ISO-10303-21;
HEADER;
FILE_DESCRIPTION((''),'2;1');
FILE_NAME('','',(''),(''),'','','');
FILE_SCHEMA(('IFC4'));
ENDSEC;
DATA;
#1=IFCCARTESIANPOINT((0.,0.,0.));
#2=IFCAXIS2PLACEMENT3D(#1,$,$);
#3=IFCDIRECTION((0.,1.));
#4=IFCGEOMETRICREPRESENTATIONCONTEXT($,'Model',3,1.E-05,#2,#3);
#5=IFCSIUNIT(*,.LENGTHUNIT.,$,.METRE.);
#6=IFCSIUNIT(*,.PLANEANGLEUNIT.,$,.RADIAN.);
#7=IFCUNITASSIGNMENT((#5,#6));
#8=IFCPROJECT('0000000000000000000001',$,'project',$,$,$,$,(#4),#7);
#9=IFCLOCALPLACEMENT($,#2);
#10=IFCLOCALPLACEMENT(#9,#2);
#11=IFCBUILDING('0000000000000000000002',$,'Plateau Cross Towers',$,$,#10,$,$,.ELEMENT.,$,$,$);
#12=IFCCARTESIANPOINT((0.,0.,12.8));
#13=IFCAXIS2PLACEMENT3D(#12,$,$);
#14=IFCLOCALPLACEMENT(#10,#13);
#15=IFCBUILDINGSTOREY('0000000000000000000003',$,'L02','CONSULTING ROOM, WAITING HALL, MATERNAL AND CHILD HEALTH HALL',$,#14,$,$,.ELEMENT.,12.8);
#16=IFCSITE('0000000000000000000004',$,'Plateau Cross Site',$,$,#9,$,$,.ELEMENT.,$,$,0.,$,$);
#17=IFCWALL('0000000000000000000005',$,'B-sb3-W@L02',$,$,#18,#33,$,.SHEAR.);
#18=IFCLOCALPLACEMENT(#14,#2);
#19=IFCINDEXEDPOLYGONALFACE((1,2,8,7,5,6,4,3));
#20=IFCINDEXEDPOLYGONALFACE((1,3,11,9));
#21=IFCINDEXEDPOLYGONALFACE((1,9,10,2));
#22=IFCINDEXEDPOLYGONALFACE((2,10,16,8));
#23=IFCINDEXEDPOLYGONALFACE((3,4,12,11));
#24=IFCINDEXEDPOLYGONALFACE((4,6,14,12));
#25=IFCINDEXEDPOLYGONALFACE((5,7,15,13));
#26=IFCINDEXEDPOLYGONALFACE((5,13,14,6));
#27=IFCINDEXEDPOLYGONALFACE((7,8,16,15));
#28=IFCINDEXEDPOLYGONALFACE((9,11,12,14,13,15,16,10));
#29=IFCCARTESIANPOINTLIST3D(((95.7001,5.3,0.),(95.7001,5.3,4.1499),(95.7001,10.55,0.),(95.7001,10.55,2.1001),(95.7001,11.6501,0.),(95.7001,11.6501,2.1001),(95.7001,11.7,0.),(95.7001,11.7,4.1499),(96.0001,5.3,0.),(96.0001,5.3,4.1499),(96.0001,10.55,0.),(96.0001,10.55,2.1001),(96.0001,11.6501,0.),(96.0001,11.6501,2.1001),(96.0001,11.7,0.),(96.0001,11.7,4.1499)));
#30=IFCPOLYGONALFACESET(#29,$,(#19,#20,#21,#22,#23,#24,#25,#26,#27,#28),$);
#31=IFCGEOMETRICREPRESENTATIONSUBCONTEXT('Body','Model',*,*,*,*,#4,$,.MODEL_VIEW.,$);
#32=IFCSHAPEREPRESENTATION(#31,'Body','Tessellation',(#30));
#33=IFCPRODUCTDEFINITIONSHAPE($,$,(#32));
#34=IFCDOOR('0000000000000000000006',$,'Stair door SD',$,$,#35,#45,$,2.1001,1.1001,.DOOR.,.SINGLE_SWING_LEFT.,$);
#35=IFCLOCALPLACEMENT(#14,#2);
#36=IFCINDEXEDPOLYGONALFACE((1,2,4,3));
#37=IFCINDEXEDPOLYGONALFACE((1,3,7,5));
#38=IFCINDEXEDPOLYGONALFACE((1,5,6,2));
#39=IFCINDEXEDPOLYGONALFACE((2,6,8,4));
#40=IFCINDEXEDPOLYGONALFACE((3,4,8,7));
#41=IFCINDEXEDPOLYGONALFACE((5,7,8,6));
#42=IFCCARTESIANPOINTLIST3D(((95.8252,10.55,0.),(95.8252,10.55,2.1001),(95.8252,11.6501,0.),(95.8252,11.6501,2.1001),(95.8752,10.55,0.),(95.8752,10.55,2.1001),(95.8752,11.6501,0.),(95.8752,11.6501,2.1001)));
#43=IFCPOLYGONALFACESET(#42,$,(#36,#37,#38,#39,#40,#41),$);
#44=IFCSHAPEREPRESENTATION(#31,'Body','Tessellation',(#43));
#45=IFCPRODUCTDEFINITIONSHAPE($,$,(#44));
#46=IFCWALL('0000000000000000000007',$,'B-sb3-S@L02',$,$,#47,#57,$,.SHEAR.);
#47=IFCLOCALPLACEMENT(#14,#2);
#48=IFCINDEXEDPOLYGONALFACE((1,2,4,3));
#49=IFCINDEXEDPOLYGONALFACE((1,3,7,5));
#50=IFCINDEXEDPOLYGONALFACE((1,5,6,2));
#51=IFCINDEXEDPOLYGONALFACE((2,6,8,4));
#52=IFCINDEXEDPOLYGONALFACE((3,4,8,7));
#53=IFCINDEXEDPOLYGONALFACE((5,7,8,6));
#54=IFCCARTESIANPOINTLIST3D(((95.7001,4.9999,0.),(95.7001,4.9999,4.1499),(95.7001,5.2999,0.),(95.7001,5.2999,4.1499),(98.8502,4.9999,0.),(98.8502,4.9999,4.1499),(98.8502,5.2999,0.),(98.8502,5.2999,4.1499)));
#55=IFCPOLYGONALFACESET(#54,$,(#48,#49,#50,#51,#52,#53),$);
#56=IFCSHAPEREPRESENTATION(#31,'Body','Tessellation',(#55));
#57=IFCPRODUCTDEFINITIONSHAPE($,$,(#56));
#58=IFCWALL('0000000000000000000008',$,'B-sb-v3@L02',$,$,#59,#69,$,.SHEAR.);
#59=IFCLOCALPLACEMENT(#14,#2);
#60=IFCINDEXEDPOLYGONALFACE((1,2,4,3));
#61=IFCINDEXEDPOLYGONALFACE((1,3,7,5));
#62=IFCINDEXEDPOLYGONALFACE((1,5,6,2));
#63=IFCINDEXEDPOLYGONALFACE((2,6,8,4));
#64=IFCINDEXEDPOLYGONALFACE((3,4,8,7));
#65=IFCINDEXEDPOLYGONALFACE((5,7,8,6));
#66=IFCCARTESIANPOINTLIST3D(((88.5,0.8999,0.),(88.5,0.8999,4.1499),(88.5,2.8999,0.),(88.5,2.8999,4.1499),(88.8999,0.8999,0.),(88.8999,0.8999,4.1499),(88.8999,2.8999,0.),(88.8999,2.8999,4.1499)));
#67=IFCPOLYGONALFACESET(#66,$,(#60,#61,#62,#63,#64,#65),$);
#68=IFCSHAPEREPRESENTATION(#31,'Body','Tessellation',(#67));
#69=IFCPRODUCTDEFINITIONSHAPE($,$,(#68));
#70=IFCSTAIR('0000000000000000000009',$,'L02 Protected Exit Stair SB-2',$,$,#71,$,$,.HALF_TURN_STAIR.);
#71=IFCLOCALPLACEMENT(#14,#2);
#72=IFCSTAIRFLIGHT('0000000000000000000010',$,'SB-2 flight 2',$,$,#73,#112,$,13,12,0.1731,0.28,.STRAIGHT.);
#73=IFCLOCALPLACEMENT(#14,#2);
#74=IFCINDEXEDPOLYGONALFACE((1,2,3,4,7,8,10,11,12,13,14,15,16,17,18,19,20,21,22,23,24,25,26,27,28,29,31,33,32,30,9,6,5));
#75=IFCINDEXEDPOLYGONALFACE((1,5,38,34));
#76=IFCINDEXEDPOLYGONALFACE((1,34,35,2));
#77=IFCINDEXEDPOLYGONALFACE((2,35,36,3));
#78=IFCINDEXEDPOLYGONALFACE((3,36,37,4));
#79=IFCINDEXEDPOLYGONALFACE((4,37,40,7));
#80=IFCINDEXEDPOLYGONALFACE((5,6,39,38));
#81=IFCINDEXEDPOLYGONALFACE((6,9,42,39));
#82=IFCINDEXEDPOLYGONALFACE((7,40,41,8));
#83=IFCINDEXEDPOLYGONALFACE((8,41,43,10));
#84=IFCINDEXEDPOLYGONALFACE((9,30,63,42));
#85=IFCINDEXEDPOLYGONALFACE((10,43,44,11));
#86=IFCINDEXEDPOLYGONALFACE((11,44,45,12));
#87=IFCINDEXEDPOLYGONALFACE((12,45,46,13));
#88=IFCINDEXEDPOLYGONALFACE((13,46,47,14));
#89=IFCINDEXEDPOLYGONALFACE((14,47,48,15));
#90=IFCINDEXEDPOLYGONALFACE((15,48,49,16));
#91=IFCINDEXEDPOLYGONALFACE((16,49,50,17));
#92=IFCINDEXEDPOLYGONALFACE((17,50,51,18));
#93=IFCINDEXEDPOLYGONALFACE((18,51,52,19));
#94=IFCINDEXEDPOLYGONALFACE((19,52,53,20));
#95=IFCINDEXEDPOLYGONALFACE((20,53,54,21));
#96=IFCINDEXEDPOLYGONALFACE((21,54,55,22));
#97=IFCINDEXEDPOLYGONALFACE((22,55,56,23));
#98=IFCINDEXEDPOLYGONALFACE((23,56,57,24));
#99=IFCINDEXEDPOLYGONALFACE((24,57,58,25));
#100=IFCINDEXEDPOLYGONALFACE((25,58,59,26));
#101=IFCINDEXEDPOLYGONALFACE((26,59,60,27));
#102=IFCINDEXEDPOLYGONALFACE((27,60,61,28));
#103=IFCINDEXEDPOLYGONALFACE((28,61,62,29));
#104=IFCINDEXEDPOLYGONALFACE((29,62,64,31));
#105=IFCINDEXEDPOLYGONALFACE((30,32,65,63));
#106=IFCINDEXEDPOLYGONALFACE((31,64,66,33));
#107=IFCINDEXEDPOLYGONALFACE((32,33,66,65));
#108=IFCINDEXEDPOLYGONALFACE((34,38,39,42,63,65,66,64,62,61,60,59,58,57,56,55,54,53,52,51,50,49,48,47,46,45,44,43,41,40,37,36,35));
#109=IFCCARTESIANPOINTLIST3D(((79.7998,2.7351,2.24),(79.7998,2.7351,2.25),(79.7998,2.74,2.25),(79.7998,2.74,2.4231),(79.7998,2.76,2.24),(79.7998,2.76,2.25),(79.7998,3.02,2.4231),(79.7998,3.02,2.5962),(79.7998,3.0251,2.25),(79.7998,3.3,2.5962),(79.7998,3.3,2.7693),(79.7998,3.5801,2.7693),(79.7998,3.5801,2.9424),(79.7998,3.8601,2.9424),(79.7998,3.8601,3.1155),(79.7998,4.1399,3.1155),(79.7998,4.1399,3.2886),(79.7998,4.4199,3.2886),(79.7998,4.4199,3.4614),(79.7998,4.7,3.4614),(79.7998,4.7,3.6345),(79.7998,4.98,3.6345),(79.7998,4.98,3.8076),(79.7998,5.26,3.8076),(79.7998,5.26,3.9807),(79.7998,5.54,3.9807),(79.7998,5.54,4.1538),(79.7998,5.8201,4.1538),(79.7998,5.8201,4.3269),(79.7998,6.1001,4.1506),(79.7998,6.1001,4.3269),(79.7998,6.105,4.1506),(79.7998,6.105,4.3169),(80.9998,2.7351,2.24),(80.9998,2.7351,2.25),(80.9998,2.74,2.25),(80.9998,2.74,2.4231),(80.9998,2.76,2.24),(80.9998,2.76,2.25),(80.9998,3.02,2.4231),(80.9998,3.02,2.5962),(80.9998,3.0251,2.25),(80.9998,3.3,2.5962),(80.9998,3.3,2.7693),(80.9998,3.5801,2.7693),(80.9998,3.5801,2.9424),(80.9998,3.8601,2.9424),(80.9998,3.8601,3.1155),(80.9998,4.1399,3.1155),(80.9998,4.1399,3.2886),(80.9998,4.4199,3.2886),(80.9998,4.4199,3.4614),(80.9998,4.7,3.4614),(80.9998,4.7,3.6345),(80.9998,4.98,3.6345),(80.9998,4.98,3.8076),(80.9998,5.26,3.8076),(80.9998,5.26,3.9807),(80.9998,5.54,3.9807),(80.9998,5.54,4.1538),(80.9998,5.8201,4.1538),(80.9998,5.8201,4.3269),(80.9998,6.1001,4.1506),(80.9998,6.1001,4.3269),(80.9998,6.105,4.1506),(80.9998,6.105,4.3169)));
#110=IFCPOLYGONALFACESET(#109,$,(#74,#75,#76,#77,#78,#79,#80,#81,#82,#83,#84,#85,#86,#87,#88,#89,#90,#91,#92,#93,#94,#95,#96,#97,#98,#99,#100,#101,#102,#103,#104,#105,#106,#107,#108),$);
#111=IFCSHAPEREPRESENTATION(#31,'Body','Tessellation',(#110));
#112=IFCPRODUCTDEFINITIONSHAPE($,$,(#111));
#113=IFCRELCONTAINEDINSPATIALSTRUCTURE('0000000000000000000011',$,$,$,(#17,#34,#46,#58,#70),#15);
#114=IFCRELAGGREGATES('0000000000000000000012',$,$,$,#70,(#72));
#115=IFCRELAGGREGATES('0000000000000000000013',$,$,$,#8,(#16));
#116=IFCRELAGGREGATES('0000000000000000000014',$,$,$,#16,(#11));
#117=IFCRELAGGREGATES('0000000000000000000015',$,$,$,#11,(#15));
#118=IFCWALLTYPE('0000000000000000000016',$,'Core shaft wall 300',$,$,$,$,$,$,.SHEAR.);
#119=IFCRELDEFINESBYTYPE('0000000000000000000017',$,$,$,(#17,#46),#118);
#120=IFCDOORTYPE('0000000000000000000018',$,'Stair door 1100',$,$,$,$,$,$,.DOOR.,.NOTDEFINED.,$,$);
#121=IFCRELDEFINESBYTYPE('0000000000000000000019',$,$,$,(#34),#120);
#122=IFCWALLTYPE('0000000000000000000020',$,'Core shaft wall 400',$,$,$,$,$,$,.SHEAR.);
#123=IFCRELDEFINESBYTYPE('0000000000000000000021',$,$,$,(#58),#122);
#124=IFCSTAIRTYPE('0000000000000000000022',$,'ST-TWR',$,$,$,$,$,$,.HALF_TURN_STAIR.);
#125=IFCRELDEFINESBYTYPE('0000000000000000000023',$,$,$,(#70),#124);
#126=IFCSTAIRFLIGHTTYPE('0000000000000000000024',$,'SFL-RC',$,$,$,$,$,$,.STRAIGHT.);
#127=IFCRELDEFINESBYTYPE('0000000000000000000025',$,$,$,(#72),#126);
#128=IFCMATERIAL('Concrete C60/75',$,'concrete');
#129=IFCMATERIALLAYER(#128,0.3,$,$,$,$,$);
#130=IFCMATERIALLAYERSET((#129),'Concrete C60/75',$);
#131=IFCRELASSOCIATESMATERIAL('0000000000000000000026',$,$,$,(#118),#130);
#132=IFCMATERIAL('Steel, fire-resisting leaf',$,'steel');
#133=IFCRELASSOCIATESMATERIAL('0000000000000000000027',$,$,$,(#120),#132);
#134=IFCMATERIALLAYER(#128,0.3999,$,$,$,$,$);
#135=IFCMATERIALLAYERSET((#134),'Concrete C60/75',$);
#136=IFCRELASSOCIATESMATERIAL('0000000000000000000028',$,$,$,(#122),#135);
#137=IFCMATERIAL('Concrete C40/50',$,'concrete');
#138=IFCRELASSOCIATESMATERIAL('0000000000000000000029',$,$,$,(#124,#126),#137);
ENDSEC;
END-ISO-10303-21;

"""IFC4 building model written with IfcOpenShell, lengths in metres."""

from ifc_helpers import new_model, si_unit, direction, frame, frame_2d, origin, place, context, subcontext, project, spatial, polyline, rectangle, outline, extrude, material, layer, layer_set, type_object, element, fill, aggregate, save


model = new_model("IFC4")

# Units and contexts
model_context = context("Model", 3, precision=1e-05, world=origin(), true_north=direction((0.0, 1.0)))
body_context = subcontext(model_context, "Body", "Model", "MODEL_VIEW")
ifc_project = project(units=[si_unit("LENGTHUNIT", "METRE"), si_unit("PLANEANGLEUNIT", "RADIAN")], contexts=[model_context])

# Site, building, storey
site_placement = place(None, origin())
site = spatial("IfcSite", under=ifc_project, at=site_placement, Name="Plateau Cross Site", CompositionType="ELEMENT", RefElevation=0.0)
building_placement = place(site_placement, origin())
building = spatial("IfcBuilding", under=site, at=building_placement, Name="Plateau Cross Towers", CompositionType="ELEMENT")
storey_placement = place(building_placement, frame((0.0, 0.0, 12.8)))
storey = spatial("IfcBuildingStorey", under=building, at=storey_placement, Name="L02", Description="CONSULTING ROOM, WAITING HALL, MATERNAL AND CHILD HEALTH HALL", CompositionType="ELEMENT", Elevation=12.8)

# Shared definitions
ifc_material_1 = material(Name="Steel, fire-resisting leaf", Category="steel")

# Shared definitions
ifc_material_2 = material(Name="Concrete C60/75", Category="concrete")
ifc_layer_1 = layer(ifc_material_2, 0.3)
ifc_layer_set_1 = layer_set([ifc_layer_1], Name="Concrete C60/75")
wall_type_1 = type_object("IfcWallType", Name="Core shaft wall 300", PredefinedType="SHEAR", material=ifc_layer_set_1)

# Wall, opening, door
wall_1_placement = place(storey_placement, frame((95.8501, 5.3, 0.0), z_axis=(0.0, 0.0, 1.0), x_axis=(0.0, 1.0, 0.0)))
wall_1 = element("IfcWall", 1, at=wall_1_placement, inside=storey, type_object=wall_type_1, Name="B-sb3-W@L02", PredefinedType="SHEAR", context=body_context, shape_type="SweptSolid", body=[
    extrude(rectangle(XDim=6.3999, YDim=0.3, at=frame_2d((3.2, 0.0))), origin(), (0.0, 0.0, 1.0), 4.1499),
])
opening_1_placement = place(wall_1_placement, frame((5.25, 0.0, 0.0)))
opening_1 = element("IfcOpeningElement", 2, at=opening_1_placement, cuts=wall_1, PredefinedType="OPENING", context=body_context, shape_type="SweptSolid", body=[
    extrude(rectangle(XDim=1.1001, YDim=2.1001, at=frame_2d((0.55, 1.05))), frame((0.0, 0.1599, 0.0), z_axis=(0.0, -1.0, 0.0), x_axis=(1.0, 0.0, 0.0)), (0.0, 0.0, 1.0), 0.3201),
])
door_type_1 = type_object("IfcDoorType", Name="Stair door 1100", OperationType="NOTDEFINED", PredefinedType="DOOR", material=ifc_material_1)
door_1_placement = place(opening_1_placement, origin())
door_1 = element("IfcDoor", 3, at=door_1_placement, inside=storey, type_object=door_type_1, Name="Stair door SD", OperationType="SINGLE_SWING_LEFT", OverallHeight=2.1001, OverallWidth=1.1001, PredefinedType="DOOR", context=body_context, shape_type="SweptSolid", body=[
    extrude(rectangle(XDim=1.1001, YDim=2.1001, at=frame_2d((0.55, 1.05))), frame((0.0, 0.0249, 0.0), z_axis=(0.0, -1.0, 0.0), x_axis=(1.0, 0.0, 0.0)), (0.0, 0.0, 1.0), 0.05),
])
fill(opening_1, door_1)

# Walls
wall_2_placement = place(storey_placement, frame((95.7, 5.1499, 0.0), z_axis=(0.0, 0.0, 1.0), x_axis=(1.0, 0.0, 0.0)))
element("IfcWall", 4, at=wall_2_placement, inside=storey, type_object=wall_type_1, Name="B-sb3-S@L02", PredefinedType="SHEAR", context=body_context, shape_type="SweptSolid", body=[
    extrude(rectangle(XDim=3.1501, YDim=0.3, at=frame_2d((1.5752, 0.0))), origin(), (0.0, 0.0, 1.0), 4.1499),
])
ifc_layer_2 = layer(ifc_material_2, 0.3999)
ifc_layer_set_2 = layer_set([ifc_layer_2], Name="Concrete C60/75")
wall_type_2 = type_object("IfcWallType", Name="Core shaft wall 400", PredefinedType="SHEAR", material=ifc_layer_set_2)
wall_3_placement = place(storey_placement, frame((88.7, 0.8999, 0.0), z_axis=(0.0, 0.0, 1.0), x_axis=(0.0, 1.0, 0.0)))
element("IfcWall", 5, at=wall_3_placement, inside=storey, type_object=wall_type_2, Name="B-sb-v3@L02", PredefinedType="SHEAR", context=body_context, shape_type="SweptSolid", body=[
    extrude(rectangle(XDim=2.0, YDim=0.3999, at=frame_2d((1.0, 0.0))), origin(), (0.0, 0.0, 1.0), 4.1499),
])

# Stair, stair flight
ifc_material_3 = material(Name="Concrete C40/50", Category="concrete")
stair_type = type_object("IfcStairType", Name="ST-TWR", PredefinedType="HALF_TURN_STAIR", material=ifc_material_3)
stair_placement = place(storey_placement, origin())
stair = element("IfcStair", 6, at=stair_placement, inside=storey, type_object=stair_type, Name="L02 Protected Exit Stair SB-2", PredefinedType="HALF_TURN_STAIR")
stair_flight_type = type_object("IfcStairFlightType", Name="SFL-RC", PredefinedType="STRAIGHT", material=ifc_material_3)
stair_flight_placement = place(storey_placement, frame((80.3999, 2.74, 2.25), z_axis=(0.0, 0.0, 1.0), x_axis=(0.0, 1.0, 0.0)))
stair_flight = element("IfcStairFlight", 7, at=stair_flight_placement, type_object=stair_flight_type, Name="SB-2 flight 2", NumberOfRisers=13, NumberOfTreads=12, PredefinedType="STRAIGHT", RiserHeight=0.1731, TreadLength=0.28, context=body_context, shape_type="SweptSolid", body=[
    extrude(outline(polyline([(-0.0049, -0.01), (-0.0049, 0.0), (0.0, 0.0), (0.0, 0.1731), (0.28, 0.1731), (0.28, 0.3462), (0.5601, 0.3462), (0.5601, 0.5193), (0.8401, 0.5193), (0.8401, 0.6924), (1.1201, 0.6924), (1.1201, 0.8655), (1.3999, 0.8655), (1.3999, 1.0386), (1.6799, 1.0386), (1.6799, 1.2114), (1.96, 1.2114), (1.96, 1.3845), (2.24, 1.3845), (2.24, 1.5576), (2.52, 1.5576), (2.52, 1.7307), (2.8, 1.7307), (2.8, 1.9038), (3.0801, 1.9038), (3.0801, 2.0769), (3.3601, 2.0769), (3.365, 2.0669), (3.365, 1.9006), (3.3601, 1.9006), (0.2852, 0.0), (0.02, 0.0), (0.02, -0.01), (-0.0049, -0.01)])), frame((0.0, 0.6001, 0.0), z_axis=(0.0, -1.0, 0.0), x_axis=(1.0, 0.0, 0.0)), (0.0, 0.0, 1.0), 1.2),
])
aggregate(stair, [stair_flight])

save(model, "model.ifc")
